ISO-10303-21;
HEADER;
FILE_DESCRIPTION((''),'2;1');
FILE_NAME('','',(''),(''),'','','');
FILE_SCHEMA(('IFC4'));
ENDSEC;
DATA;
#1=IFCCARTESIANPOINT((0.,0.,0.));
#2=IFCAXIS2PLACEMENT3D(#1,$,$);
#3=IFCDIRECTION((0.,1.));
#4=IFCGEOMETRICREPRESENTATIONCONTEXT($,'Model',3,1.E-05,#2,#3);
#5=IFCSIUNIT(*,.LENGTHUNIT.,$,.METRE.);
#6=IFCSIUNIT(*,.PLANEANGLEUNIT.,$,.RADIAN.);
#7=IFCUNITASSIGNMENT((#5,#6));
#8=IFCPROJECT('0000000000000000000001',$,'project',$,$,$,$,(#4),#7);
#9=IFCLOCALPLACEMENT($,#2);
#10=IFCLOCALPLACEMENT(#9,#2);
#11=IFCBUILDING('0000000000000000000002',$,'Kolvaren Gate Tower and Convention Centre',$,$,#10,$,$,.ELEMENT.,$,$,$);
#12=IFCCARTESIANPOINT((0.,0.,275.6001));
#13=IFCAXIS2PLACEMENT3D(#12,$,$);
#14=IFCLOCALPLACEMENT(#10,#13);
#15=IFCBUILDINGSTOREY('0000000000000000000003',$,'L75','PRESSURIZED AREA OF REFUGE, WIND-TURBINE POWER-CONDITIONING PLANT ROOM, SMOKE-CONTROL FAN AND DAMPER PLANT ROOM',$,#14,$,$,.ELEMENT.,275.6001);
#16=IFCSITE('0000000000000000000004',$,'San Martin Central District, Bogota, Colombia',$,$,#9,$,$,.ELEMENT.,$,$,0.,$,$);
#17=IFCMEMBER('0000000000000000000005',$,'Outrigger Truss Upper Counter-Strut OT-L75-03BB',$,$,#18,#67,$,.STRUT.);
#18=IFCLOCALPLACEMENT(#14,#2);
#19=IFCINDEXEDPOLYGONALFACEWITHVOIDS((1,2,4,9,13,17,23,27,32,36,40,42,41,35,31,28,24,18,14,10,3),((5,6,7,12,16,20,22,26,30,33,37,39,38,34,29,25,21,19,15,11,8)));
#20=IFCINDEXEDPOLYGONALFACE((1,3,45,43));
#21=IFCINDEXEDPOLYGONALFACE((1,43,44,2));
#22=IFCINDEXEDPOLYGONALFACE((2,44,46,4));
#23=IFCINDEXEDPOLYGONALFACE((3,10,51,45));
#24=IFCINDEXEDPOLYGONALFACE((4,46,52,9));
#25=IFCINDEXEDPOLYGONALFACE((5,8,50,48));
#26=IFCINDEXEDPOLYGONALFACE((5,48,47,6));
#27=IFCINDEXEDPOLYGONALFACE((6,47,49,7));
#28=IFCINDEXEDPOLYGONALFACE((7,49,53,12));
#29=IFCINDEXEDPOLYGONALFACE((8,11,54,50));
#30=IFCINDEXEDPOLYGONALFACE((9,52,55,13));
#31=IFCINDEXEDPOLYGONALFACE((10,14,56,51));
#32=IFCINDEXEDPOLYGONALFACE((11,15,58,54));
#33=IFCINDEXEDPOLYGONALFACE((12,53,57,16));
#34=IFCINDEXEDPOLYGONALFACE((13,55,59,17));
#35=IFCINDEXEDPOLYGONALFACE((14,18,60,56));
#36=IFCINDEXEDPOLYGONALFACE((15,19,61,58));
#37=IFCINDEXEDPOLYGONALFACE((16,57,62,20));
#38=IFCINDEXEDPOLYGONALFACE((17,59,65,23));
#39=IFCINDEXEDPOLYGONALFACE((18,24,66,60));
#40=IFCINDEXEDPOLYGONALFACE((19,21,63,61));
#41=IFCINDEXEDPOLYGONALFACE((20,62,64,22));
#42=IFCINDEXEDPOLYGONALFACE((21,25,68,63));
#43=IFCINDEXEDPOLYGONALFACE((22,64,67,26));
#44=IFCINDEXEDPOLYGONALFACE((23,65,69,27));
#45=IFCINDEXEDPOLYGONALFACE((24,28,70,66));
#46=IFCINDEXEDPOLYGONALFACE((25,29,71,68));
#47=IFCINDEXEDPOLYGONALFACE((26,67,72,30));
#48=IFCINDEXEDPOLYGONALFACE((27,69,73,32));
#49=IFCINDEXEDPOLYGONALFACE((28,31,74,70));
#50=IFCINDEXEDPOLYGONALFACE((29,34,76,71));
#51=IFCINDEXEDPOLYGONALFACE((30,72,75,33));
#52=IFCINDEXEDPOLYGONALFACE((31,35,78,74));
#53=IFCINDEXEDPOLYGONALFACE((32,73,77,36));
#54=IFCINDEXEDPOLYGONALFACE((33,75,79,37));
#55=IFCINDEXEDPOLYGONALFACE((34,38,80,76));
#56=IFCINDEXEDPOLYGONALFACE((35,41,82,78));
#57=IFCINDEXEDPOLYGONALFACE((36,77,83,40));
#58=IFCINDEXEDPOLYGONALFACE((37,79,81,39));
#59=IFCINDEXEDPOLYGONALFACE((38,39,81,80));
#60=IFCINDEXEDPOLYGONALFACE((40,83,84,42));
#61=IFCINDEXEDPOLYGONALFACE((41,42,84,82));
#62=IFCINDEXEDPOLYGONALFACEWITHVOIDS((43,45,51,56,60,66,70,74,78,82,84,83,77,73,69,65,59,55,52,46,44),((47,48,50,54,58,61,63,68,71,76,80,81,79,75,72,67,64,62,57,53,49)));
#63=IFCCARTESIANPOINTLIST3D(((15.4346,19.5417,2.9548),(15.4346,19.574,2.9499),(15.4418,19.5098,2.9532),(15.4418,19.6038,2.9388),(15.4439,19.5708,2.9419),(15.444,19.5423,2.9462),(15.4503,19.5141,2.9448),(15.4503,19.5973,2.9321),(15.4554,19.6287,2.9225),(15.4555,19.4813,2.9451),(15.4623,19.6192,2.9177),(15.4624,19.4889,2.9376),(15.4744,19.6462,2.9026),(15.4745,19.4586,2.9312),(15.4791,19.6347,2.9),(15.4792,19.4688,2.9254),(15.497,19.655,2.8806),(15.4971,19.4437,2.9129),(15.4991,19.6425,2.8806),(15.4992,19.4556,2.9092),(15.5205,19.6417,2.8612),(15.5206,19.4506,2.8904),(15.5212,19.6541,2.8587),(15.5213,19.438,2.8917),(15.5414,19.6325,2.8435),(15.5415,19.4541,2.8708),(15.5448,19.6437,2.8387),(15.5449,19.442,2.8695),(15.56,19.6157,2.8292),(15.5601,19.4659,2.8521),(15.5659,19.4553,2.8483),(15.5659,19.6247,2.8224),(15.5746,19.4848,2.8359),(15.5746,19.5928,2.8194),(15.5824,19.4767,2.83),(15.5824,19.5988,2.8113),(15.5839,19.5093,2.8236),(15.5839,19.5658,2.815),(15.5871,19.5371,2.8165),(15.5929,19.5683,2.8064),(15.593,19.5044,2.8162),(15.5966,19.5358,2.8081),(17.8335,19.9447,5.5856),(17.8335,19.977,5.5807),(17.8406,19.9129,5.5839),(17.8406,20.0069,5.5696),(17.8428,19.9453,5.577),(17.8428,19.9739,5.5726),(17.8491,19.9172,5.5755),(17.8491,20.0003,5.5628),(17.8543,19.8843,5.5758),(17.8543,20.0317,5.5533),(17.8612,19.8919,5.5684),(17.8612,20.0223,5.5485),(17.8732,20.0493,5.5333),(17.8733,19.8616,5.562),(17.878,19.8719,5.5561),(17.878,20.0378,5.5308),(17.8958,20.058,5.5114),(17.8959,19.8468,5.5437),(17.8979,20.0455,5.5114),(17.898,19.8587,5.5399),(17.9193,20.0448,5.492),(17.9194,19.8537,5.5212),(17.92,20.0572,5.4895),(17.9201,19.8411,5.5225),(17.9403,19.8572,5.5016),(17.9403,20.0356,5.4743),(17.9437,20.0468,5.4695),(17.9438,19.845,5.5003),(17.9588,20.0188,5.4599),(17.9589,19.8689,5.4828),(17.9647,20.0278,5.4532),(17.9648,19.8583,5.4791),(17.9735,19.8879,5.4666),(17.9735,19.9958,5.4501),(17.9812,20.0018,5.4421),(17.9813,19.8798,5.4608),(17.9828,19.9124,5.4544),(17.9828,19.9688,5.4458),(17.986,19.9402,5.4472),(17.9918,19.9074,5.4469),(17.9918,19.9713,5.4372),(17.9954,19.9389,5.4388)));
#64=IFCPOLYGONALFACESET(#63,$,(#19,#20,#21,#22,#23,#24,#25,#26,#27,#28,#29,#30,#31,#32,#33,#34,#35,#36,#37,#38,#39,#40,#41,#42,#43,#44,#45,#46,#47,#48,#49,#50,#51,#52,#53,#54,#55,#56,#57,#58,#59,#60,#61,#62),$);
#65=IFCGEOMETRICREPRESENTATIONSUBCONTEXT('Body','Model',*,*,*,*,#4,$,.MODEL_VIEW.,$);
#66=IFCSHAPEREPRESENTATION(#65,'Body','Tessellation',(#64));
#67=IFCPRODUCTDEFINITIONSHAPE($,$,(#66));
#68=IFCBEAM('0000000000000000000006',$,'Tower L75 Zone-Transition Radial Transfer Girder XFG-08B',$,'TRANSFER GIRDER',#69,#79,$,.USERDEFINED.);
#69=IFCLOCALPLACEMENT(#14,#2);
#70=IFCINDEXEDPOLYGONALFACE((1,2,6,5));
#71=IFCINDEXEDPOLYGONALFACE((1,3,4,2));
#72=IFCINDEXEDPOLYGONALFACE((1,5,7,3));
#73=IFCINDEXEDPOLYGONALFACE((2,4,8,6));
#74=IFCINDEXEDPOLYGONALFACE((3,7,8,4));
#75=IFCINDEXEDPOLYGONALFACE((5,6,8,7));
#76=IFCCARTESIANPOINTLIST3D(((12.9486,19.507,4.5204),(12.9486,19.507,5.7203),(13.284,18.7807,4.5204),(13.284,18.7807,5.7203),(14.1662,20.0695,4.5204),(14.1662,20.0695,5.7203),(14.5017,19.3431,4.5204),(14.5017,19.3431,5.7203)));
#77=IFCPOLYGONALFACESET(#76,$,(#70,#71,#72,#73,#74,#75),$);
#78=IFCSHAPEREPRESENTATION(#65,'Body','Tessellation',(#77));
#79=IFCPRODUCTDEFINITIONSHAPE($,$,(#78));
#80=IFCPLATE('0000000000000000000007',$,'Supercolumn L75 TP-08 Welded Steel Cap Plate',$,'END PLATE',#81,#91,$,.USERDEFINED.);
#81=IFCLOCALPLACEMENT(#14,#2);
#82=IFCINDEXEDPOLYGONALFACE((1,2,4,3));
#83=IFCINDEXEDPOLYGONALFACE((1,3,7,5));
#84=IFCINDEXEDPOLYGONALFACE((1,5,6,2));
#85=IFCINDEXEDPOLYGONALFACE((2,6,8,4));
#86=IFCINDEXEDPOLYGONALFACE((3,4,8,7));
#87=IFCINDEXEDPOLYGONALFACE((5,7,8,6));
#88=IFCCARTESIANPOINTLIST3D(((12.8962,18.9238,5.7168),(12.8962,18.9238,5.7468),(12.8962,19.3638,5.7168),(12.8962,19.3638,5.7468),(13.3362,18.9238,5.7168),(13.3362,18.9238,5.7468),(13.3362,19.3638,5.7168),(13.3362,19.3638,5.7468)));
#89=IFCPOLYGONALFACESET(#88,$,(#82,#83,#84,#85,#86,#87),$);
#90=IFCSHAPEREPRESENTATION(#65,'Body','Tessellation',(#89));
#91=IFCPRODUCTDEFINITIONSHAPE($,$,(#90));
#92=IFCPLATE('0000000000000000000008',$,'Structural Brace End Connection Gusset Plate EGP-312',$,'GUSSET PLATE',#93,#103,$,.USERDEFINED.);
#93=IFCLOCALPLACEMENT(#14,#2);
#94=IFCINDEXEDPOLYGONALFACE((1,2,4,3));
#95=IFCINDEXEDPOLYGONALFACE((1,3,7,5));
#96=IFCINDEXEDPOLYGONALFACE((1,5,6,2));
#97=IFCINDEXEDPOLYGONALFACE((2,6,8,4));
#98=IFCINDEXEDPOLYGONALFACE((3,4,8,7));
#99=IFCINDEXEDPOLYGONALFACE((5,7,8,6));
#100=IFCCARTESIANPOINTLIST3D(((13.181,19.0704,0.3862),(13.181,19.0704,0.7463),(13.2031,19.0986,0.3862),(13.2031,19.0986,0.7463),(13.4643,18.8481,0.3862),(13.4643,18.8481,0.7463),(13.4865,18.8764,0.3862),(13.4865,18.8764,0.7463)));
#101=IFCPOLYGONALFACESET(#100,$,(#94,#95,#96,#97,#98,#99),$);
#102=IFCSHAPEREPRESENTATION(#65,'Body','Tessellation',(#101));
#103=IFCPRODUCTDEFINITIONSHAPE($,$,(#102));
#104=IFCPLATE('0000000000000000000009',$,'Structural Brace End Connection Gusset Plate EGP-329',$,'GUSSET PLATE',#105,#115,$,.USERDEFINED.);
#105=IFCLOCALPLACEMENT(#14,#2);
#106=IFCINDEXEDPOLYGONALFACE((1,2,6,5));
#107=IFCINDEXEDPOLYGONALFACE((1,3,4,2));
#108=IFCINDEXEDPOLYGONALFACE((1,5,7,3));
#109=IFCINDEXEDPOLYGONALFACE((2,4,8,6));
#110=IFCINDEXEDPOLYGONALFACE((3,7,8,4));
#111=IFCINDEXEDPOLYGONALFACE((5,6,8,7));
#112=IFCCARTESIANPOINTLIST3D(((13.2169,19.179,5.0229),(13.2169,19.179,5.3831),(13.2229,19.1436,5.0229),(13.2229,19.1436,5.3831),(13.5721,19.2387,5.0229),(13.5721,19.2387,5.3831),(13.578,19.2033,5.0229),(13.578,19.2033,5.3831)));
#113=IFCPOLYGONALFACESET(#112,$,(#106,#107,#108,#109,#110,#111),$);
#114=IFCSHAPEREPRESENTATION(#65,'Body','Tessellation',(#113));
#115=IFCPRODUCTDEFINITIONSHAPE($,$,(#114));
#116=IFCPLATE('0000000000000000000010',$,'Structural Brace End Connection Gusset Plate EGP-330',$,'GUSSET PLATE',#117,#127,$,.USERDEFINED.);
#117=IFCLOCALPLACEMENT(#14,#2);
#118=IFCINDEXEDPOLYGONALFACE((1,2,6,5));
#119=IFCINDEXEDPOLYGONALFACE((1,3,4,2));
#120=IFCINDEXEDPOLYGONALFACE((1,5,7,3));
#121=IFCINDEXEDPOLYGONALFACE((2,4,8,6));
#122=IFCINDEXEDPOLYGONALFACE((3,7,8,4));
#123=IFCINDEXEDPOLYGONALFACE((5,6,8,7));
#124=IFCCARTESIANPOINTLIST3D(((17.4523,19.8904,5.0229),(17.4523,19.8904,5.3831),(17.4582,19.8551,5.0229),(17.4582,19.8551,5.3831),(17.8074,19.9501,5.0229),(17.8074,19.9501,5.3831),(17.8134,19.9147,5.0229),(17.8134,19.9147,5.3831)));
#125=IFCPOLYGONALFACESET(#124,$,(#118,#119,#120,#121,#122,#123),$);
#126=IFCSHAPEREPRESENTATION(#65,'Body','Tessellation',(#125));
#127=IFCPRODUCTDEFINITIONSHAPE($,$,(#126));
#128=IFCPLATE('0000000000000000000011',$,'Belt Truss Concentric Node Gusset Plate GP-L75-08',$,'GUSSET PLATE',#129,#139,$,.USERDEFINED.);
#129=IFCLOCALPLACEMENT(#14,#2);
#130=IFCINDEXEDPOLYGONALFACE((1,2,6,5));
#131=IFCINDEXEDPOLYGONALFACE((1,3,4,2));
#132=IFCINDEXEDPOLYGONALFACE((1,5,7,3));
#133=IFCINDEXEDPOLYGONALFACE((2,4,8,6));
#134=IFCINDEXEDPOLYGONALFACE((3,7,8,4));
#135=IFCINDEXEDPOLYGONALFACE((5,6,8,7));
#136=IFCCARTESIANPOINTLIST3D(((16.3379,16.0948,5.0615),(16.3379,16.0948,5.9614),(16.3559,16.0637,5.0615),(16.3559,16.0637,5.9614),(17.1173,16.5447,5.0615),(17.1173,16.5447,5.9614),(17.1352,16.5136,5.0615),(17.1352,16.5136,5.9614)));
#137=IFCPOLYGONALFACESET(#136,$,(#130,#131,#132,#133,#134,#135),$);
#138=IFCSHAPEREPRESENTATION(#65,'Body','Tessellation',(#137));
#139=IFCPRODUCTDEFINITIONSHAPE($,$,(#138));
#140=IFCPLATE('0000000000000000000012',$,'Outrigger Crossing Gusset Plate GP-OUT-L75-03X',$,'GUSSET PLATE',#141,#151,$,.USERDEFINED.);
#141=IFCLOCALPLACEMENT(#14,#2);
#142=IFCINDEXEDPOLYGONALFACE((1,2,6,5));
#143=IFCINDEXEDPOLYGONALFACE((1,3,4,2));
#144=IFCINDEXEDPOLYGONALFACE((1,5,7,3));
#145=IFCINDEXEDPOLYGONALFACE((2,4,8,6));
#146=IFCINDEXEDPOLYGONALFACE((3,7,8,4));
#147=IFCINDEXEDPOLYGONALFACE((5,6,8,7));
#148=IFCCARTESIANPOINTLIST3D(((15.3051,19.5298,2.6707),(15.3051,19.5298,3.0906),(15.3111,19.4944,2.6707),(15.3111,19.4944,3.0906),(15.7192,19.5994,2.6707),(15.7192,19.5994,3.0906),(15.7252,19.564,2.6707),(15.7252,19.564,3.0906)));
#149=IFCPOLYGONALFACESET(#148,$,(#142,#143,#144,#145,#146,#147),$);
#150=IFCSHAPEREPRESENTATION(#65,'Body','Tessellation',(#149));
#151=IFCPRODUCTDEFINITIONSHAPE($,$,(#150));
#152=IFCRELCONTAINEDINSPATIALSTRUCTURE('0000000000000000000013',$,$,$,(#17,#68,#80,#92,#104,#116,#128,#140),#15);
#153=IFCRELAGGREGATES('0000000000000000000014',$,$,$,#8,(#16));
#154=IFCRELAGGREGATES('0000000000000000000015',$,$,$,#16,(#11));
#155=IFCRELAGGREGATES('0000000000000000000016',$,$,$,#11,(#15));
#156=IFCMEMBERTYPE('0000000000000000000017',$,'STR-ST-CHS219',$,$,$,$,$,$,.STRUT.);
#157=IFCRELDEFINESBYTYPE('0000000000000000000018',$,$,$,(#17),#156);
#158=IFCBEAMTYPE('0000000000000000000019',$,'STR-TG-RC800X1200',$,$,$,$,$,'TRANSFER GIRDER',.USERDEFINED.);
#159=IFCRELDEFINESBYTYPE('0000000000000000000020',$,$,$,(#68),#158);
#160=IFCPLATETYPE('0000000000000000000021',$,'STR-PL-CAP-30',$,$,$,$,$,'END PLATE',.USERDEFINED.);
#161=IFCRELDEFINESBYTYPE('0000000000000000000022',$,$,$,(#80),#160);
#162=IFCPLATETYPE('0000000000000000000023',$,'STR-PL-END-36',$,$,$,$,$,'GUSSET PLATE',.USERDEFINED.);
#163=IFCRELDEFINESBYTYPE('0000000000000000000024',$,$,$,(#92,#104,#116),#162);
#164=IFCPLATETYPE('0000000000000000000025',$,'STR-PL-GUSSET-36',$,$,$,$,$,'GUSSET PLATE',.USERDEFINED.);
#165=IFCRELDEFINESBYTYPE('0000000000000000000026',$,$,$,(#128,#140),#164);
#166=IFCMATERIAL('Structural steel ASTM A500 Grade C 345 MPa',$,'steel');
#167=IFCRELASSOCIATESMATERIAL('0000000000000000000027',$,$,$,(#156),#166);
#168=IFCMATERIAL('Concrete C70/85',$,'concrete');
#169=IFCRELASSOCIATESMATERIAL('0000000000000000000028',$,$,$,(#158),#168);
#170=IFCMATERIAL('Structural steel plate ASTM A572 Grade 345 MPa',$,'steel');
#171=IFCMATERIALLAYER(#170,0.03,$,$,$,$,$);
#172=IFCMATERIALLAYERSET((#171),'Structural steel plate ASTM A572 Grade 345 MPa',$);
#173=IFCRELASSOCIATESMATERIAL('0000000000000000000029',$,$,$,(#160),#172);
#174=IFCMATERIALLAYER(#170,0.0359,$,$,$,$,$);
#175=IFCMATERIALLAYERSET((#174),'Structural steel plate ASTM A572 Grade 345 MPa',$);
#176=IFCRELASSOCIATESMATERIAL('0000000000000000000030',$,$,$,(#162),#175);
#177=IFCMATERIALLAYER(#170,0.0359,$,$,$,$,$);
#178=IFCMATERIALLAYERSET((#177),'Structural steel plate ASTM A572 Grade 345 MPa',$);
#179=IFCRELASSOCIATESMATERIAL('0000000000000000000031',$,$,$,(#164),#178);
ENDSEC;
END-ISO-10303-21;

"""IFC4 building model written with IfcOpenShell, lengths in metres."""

from ifc_helpers import new_model, si_unit, direction, frame, origin, origin_2d, place, context, subcontext, project, spatial, rectangle, hollow_circle, extrude, material, layer, layer_set, material_profile, profile_set, type_object, element, save


model = new_model("IFC4")

# Units and contexts
model_context = context("Model", 3, precision=1e-05, world=origin(), true_north=direction((0.0, 1.0)))
body_context = subcontext(model_context, "Body", "Model", "MODEL_VIEW")
ifc_project = project(units=[si_unit("LENGTHUNIT", "METRE"), si_unit("PLANEANGLEUNIT", "RADIAN")], contexts=[model_context])

# Site, building, storey
site_placement = place(None, origin())
site = spatial("IfcSite", under=ifc_project, at=site_placement, Name="San Martin Central District, Bogota, Colombia", CompositionType="ELEMENT", RefElevation=0.0)
building_placement = place(site_placement, origin())
building = spatial("IfcBuilding", under=site, at=building_placement, Name="Kolvaren Gate Tower and Convention Centre", CompositionType="ELEMENT")
storey_placement = place(building_placement, frame((0.0, 0.0, 275.6001)))
storey = spatial("IfcBuildingStorey", under=building, at=storey_placement, Name="L75", Description="PRESSURIZED AREA OF REFUGE, WIND-TURBINE POWER-CONDITIONING PLANT ROOM, SMOKE-CONTROL FAN AND DAMPER PLANT ROOM", CompositionType="ELEMENT", Elevation=275.6001)

# Shared definitions
ifc_material_1 = material(Name="Structural steel ASTM A500 Grade C 345 MPa", Category="steel")

# Member
ifc_material_profile_1 = material_profile(ifc_material_1, hollow_circle(Radius=0.1096, WallThickness=0.0127, at=origin_2d()), Name="CHS219X12.7")
ifc_profile_set_1 = profile_set([ifc_material_profile_1], Name="Structural steel ASTM A500 Grade C 345 MPa")
member_type_1 = type_object("IfcMemberType", Name="STR-ST-CHS219", PredefinedType="STRUT", material=ifc_profile_set_1)
for number, where, z_axis, x_axis, name in (
    (1, (15.5151, 19.5469, 2.8806), (0.669508, 0.112493, 0.734237), (-0.165701, 0.986176, 0.0), "Outrigger Truss Upper Counter-Strut OT-L75-03BB"),
):
    element("IfcMember", number, at=place(storey_placement, frame(where, z_axis=z_axis, x_axis=x_axis)), inside=storey, type_object=member_type_1, Name=name, PredefinedType="STRUT", context=body_context, shape_type="SweptSolid", body=[
        extrude(hollow_circle(Radius=0.1096, WallThickness=0.0127, at=origin_2d()), origin(), (0.0, 0.0, 1.0), 3.583),
    ])

# Beam
ifc_material_2 = material(Name="Concrete C70/85", Category="concrete")
ifc_material_profile_2 = material_profile(ifc_material_2, rectangle(XDim=0.8, YDim=1.2, at=origin_2d()), Name="RC-BM-800X1200")
ifc_profile_set_2 = profile_set([ifc_material_profile_2], Name="Concrete C70/85")
beam_type_1 = type_object("IfcBeamType", Name="STR-TG-RC800X1200", ElementType="TRANSFER GIRDER", PredefinedType="USERDEFINED", material=ifc_profile_set_2)
beam_1_placement = place(storey_placement, frame((14.334, 19.7063, 5.1204), z_axis=(-0.907831, -0.419335, 0.0), x_axis=(0.419335, -0.907831, 0.0)))
element("IfcBeam", 2, at=beam_1_placement, inside=storey, type_object=beam_type_1, Name="Tower L75 Zone-Transition Radial Transfer Girder XFG-08B", ObjectType="TRANSFER GIRDER", PredefinedType="USERDEFINED", context=body_context, shape_type="SweptSolid", body=[
    extrude(rectangle(XDim=0.8, YDim=1.2, at=origin_2d()), origin(), (0.0, 0.0, 1.0), 1.3413),
])

# Plates
ifc_material_3 = material(Name="Structural steel plate ASTM A572 Grade 345 MPa", Category="steel")
ifc_layer_1 = layer(ifc_material_3, 0.03)
ifc_layer_set_1 = layer_set([ifc_layer_1], Name="Structural steel plate ASTM A572 Grade 345 MPa")
plate_type_1 = type_object("IfcPlateType", Name="STR-PL-CAP-30", ElementType="END PLATE", PredefinedType="USERDEFINED", material=ifc_layer_set_1)
plate_1_placement = place(storey_placement, frame((13.1162, 19.1438, 5.7168), z_axis=(0.0, 0.0, 1.0), x_axis=(1.0, 0.0, 0.0)))
element("IfcPlate", 3, at=plate_1_placement, inside=storey, type_object=plate_type_1, Name="Supercolumn L75 TP-08 Welded Steel Cap Plate", ObjectType="END PLATE", PredefinedType="USERDEFINED", context=body_context, shape_type="SweptSolid", body=[
    extrude(rectangle(XDim=0.4399, YDim=0.4399, at=origin_2d()), origin(), (0.0, 0.0, 1.0), 0.03),
])
ifc_layer_2 = layer(ifc_material_3, 0.0359)
ifc_layer_set_2 = layer_set([ifc_layer_2], Name="Structural steel plate ASTM A572 Grade 345 MPa")
plate_type_2 = type_object("IfcPlateType", Name="STR-PL-END-36", ElementType="GUSSET PLATE", PredefinedType="USERDEFINED", material=ifc_layer_set_2)
for number, where, z_axis, x_axis, name in (
    (4, (13.3337, 18.9734, 0.3862), (0.0, 0.0, 1.0), (0.786838, -0.617159, 0.0), "Structural Brace End Connection Gusset Plate EGP-312"),
    (5, (13.3975, 19.1912, 5.0229), (0.0, 0.0, 1.0), (-0.986178, -0.165691, 0.0), "Structural Brace End Connection Gusset Plate EGP-329"),
    (6, (17.6328, 19.9026, 5.0229), (0.0, 0.0, 1.0), (0.986174, 0.165712, 0.0), "Structural Brace End Connection Gusset Plate EGP-330"),
):
    element("IfcPlate", number, at=place(storey_placement, frame(where, z_axis=z_axis, x_axis=x_axis)), inside=storey, type_object=plate_type_2, Name=name, ObjectType="GUSSET PLATE", PredefinedType="USERDEFINED", context=body_context, shape_type="SweptSolid", body=[
        extrude(rectangle(XDim=0.3601, YDim=0.0359, at=origin_2d()), origin(), (0.0, 0.0, 1.0), 0.3601),
    ])
ifc_layer_3 = layer(ifc_material_3, 0.0359)
ifc_layer_set_3 = layer_set([ifc_layer_3], Name="Structural steel plate ASTM A572 Grade 345 MPa")
plate_type_3 = type_object("IfcPlateType", Name="STR-PL-GUSSET-36", ElementType="GUSSET PLATE", PredefinedType="USERDEFINED", material=ifc_layer_set_3)
plate_2_placement = place(storey_placement, frame((16.7366, 16.3042, 5.0615), z_axis=(0.0, 0.0, 1.0), x_axis=(-0.866025, -0.5, 0.0)))
element("IfcPlate", 7, at=plate_2_placement, inside=storey, type_object=plate_type_3, Name="Belt Truss Concentric Node Gusset Plate GP-L75-08", ObjectType="GUSSET PLATE", PredefinedType="USERDEFINED", context=body_context, shape_type="SweptSolid", body=[
    extrude(rectangle(XDim=0.8999, YDim=0.0359, at=origin_2d()), origin(), (0.0, 0.0, 1.0), 0.8999),
])
plate_3_placement = place(storey_placement, frame((15.5151, 19.5469, 2.6707), z_axis=(0.0, 0.0, 1.0), x_axis=(-0.986178, -0.165691, 0.0)))
element("IfcPlate", 8, at=plate_3_placement, inside=storey, type_object=plate_type_3, Name="Outrigger Crossing Gusset Plate GP-OUT-L75-03X", ObjectType="GUSSET PLATE", PredefinedType="USERDEFINED", context=body_context, shape_type="SweptSolid", body=[
    extrude(rectangle(XDim=0.4199, YDim=0.0359, at=origin_2d()), origin(), (0.0, 0.0, 1.0), 0.4199),
])

save(model, "model.ifc")
